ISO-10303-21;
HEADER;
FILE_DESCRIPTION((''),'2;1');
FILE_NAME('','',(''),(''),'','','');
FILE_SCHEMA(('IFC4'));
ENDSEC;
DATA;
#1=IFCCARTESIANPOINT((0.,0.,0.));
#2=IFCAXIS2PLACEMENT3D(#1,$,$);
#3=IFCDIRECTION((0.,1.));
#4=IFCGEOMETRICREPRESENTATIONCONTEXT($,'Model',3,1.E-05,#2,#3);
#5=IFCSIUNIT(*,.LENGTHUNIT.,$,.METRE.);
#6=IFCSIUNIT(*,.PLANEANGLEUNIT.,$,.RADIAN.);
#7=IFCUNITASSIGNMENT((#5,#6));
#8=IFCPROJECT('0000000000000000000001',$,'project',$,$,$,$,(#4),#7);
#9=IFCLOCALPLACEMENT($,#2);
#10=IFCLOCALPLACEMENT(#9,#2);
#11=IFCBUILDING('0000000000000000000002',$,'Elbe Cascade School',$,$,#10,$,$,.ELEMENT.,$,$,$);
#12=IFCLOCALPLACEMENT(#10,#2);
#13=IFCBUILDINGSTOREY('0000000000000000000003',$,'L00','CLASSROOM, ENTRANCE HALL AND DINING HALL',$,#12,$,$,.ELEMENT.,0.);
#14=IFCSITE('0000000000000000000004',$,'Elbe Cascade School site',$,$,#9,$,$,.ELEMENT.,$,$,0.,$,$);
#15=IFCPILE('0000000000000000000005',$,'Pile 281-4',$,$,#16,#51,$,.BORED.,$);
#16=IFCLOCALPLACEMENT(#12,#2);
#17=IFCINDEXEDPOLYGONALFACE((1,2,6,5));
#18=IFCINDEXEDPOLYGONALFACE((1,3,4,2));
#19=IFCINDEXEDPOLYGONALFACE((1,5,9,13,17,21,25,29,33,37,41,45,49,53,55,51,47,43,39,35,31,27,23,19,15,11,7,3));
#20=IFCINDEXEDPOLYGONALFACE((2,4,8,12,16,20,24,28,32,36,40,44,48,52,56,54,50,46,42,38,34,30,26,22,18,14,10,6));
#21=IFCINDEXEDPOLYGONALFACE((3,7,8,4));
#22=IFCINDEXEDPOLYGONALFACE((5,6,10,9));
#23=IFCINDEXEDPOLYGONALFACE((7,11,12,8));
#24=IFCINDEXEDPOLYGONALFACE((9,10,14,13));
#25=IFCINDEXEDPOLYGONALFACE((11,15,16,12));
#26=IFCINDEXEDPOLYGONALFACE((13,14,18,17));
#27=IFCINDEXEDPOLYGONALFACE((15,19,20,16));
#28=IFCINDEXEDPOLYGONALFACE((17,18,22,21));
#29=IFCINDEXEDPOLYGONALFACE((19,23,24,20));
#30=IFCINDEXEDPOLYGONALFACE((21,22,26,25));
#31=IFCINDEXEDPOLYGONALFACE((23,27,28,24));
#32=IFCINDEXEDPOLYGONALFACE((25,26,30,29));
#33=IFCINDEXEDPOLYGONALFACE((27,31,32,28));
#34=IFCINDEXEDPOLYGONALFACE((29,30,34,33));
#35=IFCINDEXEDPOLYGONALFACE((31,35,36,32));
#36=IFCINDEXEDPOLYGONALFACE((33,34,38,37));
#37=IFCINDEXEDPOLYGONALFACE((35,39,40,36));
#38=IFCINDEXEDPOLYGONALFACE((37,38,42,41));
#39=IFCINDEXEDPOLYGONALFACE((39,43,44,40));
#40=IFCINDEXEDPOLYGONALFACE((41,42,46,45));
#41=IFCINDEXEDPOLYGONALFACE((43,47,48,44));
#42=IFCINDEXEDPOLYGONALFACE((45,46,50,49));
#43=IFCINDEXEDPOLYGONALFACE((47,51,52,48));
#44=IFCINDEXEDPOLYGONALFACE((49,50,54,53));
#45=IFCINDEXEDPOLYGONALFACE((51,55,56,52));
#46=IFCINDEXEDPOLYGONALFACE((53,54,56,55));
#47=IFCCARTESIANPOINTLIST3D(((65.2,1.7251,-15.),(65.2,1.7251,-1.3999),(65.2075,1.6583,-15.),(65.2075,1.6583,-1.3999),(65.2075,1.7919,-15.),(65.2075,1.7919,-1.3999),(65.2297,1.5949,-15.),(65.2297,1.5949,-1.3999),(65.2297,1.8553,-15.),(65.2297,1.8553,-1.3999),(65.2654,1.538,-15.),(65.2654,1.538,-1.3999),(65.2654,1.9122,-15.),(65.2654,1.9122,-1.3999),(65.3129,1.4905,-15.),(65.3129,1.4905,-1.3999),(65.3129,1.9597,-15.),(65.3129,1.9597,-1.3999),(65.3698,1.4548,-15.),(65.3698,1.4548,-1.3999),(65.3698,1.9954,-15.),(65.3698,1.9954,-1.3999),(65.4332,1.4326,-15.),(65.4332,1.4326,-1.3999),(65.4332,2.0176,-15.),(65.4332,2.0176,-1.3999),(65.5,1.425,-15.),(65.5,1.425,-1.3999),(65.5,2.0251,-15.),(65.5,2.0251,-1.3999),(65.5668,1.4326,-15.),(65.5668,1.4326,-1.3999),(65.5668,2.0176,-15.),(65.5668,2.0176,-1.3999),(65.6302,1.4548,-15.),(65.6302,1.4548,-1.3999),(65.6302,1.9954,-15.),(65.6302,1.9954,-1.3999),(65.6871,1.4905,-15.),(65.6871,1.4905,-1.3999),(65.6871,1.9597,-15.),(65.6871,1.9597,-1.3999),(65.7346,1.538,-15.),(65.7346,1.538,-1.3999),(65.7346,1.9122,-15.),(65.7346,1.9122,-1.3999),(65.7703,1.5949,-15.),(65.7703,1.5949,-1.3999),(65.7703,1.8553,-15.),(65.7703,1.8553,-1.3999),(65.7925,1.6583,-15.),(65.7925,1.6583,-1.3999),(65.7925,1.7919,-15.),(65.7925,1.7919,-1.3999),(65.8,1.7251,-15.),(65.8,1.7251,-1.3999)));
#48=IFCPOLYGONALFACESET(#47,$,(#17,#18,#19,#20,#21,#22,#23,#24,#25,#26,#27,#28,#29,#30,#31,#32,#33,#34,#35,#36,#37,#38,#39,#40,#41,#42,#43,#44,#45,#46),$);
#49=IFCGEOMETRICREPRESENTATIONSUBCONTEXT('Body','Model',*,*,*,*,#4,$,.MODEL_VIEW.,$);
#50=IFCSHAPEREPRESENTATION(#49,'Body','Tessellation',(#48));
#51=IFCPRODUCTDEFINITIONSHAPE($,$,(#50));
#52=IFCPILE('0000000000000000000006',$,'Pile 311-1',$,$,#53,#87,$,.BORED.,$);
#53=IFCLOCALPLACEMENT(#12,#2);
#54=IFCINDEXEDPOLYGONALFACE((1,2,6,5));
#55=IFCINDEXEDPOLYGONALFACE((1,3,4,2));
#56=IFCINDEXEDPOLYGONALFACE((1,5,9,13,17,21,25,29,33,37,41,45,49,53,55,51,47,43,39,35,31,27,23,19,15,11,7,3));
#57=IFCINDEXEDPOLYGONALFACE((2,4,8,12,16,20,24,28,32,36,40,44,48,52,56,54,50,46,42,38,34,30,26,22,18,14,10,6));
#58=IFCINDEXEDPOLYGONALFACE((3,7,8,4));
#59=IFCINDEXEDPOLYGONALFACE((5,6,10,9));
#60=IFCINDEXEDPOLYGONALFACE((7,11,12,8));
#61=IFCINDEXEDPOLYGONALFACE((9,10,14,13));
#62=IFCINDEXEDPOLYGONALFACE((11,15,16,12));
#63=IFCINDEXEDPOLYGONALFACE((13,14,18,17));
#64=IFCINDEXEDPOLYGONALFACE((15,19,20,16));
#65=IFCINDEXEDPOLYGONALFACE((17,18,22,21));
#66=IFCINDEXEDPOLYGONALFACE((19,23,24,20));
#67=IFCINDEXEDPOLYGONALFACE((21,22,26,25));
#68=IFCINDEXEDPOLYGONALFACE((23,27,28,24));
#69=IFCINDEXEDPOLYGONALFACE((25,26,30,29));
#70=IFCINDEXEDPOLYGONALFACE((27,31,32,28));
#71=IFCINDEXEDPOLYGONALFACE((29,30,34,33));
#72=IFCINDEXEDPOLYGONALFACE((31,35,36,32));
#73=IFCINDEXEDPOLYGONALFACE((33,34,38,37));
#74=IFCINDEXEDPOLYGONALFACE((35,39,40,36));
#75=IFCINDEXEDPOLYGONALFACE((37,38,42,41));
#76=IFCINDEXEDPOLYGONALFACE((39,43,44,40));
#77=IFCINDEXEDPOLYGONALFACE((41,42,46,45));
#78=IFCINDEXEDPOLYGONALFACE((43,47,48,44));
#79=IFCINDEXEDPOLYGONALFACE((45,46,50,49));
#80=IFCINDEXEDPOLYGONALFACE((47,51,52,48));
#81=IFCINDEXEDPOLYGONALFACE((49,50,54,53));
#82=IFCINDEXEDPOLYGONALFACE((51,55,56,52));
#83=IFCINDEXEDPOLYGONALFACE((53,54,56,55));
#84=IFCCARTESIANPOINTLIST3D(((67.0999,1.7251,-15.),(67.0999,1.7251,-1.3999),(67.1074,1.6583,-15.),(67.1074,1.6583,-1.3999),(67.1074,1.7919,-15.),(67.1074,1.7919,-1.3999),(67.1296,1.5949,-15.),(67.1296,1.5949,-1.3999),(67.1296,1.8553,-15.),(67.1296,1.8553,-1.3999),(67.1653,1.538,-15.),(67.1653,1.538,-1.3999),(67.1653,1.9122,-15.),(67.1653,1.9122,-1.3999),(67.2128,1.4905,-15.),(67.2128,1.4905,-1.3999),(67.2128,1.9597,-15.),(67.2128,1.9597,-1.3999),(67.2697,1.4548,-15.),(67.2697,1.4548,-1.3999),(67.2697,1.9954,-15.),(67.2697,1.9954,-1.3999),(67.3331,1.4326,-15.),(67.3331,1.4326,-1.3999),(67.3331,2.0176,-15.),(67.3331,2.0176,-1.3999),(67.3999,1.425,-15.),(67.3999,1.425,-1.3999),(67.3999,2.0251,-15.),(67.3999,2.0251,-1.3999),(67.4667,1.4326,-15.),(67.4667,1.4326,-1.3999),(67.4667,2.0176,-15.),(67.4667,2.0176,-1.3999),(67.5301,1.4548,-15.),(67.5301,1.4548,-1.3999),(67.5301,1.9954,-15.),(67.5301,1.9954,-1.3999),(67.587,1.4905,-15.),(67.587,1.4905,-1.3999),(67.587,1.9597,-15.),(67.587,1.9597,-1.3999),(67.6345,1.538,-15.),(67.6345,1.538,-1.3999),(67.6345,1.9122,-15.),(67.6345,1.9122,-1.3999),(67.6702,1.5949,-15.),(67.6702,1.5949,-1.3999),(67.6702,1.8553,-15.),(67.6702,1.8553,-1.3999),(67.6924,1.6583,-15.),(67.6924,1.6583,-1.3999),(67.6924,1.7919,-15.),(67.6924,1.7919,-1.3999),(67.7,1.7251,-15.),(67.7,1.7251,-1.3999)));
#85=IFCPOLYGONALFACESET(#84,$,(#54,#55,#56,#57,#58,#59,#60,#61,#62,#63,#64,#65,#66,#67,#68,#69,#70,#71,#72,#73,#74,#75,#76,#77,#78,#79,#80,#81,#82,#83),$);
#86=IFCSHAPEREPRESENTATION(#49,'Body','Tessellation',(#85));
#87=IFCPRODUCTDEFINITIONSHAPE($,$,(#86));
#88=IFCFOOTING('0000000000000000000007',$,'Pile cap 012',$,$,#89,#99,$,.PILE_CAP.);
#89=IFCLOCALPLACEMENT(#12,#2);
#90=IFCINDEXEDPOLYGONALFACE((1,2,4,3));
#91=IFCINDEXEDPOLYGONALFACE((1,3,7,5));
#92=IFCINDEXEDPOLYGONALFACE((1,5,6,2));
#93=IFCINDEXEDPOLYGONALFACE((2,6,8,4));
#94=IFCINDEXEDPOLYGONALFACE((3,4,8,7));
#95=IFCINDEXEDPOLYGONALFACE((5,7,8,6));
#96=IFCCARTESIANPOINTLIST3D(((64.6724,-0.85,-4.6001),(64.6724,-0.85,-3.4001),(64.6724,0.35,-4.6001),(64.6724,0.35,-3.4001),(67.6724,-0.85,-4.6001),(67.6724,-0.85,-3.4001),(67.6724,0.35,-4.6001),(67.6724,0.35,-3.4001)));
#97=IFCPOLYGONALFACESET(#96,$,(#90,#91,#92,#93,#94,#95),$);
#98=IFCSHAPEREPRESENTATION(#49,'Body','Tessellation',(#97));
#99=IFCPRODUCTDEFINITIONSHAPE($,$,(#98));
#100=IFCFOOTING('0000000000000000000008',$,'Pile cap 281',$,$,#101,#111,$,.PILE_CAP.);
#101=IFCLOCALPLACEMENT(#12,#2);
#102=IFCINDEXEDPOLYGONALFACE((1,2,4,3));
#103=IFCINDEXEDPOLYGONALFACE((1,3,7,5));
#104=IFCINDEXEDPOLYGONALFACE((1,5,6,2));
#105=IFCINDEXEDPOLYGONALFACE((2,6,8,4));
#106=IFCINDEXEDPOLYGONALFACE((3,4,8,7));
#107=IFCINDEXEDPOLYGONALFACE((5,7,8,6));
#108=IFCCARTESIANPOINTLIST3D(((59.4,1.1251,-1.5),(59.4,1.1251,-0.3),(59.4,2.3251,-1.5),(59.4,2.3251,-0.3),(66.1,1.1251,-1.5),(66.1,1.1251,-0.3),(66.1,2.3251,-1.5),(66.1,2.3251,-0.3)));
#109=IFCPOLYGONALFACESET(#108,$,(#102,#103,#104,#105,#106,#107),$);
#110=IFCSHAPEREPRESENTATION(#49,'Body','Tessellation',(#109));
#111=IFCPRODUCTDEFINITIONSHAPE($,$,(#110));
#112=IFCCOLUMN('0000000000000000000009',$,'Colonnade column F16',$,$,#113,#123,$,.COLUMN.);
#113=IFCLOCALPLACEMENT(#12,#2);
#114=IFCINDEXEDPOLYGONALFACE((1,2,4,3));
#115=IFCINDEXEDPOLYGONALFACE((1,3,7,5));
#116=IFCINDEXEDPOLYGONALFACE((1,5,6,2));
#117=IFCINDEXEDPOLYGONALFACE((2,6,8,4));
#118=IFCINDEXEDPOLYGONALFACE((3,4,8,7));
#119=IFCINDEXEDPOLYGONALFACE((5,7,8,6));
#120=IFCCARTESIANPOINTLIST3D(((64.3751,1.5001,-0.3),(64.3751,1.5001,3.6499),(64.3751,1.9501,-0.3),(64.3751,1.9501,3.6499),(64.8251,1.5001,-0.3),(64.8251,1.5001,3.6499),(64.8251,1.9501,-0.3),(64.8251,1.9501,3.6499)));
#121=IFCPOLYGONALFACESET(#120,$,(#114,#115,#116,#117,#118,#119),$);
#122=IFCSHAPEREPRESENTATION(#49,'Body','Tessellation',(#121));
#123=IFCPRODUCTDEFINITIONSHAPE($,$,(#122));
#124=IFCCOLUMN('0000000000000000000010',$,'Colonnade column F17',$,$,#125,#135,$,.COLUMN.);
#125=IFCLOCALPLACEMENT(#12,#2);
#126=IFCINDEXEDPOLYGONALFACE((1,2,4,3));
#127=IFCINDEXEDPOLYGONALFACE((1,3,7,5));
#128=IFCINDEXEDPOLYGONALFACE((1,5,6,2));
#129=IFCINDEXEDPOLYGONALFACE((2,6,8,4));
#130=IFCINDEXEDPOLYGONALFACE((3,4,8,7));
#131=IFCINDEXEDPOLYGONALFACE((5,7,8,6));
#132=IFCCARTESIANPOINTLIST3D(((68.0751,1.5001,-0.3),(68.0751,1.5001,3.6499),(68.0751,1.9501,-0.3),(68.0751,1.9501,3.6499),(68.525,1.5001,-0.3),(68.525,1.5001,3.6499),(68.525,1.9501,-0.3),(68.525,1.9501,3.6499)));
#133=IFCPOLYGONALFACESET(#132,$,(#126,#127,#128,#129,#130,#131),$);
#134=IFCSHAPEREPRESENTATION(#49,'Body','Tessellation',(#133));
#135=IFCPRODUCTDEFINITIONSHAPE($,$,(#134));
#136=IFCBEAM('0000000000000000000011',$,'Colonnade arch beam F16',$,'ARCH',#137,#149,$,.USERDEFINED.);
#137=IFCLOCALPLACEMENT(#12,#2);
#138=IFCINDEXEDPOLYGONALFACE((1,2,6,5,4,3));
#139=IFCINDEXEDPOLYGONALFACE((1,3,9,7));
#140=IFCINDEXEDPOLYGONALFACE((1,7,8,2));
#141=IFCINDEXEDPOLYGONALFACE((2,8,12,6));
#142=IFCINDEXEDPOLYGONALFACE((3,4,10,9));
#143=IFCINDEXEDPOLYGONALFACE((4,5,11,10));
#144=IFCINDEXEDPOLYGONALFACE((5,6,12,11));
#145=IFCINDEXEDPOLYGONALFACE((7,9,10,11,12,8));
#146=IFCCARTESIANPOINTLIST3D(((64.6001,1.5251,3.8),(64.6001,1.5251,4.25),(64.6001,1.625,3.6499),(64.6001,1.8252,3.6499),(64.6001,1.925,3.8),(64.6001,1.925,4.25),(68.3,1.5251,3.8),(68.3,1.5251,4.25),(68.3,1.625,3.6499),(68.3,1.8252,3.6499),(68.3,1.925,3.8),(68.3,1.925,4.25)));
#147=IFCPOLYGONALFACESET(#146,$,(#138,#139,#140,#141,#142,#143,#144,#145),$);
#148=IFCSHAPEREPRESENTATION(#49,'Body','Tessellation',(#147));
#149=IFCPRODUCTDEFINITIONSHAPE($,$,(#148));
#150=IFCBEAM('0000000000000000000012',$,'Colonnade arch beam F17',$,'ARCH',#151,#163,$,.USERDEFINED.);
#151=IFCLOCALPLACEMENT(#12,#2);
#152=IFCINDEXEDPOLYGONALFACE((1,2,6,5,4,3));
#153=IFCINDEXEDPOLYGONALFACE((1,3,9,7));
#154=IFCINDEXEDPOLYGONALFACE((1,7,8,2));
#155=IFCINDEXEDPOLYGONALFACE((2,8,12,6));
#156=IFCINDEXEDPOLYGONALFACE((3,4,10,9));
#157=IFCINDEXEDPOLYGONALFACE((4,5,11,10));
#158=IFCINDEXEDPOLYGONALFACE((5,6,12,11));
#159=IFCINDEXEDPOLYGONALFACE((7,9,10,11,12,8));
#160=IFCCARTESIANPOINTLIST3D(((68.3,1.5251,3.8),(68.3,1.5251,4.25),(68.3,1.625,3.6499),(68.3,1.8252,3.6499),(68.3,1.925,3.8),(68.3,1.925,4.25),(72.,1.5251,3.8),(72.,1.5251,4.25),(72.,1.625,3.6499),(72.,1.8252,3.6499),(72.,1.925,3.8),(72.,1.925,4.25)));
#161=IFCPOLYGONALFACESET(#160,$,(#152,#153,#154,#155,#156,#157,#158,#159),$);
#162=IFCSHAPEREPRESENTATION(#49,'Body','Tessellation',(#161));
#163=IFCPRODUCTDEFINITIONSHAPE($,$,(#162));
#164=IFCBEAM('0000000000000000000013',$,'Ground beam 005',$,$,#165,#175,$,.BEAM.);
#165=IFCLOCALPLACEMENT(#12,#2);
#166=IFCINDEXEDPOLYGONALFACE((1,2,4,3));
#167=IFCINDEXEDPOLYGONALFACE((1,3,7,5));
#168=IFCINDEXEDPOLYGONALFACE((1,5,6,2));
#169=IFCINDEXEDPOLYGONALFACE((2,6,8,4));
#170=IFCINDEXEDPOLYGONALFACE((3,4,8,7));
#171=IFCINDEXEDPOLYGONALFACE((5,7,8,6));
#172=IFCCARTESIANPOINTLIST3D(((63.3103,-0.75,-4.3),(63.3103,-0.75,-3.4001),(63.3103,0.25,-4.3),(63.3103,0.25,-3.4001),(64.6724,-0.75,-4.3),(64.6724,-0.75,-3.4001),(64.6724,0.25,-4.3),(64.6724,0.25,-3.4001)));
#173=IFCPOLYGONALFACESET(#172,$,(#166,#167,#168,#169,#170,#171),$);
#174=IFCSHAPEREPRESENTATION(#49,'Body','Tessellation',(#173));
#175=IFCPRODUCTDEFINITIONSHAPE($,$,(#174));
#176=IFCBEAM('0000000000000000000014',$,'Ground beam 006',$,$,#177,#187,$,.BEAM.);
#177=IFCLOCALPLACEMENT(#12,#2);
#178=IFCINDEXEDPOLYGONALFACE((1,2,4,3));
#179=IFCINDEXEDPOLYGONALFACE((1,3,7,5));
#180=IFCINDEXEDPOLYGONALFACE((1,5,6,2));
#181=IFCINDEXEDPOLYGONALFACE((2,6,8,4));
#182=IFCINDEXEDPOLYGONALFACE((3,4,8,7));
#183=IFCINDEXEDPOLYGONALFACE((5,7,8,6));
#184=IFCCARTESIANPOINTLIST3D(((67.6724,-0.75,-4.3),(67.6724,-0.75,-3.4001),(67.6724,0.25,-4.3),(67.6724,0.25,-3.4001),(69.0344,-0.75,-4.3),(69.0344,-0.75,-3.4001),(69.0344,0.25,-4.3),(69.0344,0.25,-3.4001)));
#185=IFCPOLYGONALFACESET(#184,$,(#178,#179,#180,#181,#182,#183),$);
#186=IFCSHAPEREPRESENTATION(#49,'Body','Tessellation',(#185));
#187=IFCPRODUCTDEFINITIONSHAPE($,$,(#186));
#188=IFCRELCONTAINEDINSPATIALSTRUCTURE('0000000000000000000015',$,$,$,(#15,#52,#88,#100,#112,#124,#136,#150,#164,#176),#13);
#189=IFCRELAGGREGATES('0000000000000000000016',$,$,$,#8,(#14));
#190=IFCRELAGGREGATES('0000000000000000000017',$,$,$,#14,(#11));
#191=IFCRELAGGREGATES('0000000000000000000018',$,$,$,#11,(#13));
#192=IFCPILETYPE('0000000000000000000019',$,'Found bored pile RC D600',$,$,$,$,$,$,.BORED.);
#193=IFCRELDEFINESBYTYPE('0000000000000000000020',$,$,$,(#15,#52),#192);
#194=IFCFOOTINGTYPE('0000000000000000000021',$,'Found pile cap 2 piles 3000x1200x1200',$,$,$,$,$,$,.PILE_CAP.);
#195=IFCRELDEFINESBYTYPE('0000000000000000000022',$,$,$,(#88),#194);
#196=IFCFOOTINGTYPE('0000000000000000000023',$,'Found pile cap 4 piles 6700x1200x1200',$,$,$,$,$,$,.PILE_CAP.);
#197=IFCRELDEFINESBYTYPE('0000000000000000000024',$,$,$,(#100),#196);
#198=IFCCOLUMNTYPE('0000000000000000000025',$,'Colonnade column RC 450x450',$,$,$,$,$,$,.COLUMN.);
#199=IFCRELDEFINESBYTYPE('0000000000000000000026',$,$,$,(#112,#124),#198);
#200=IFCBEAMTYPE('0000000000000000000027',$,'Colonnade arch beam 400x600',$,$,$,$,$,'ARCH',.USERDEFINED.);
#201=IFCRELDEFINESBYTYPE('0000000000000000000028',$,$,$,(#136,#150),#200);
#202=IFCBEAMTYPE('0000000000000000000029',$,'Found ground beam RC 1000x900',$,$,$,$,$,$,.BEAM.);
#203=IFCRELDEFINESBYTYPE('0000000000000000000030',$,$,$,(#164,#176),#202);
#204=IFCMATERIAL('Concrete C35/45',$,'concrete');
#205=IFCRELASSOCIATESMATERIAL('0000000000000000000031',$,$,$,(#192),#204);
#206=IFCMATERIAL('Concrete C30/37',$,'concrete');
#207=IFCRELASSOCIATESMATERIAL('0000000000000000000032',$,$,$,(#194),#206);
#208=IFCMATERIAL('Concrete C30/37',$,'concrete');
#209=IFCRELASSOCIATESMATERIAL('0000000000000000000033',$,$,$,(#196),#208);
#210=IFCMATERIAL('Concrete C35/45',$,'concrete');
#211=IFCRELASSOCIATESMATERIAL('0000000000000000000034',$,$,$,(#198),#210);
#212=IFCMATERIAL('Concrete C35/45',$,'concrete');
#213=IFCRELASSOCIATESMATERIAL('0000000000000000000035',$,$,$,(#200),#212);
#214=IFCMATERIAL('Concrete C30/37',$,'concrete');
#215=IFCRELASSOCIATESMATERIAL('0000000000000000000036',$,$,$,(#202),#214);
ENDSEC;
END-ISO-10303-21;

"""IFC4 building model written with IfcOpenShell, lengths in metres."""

from ifc_helpers import new_model, si_unit, direction, frame, origin, origin_2d, place, context, subcontext, project, spatial, polyline, rectangle, circle, outline, extrude, material, material_profile, profile_set, type_object, element, save


model = new_model("IFC4")

# Units and contexts
model_context = context("Model", 3, precision=1e-05, world=origin(), true_north=direction((0.0, 1.0)))
body_context = subcontext(model_context, "Body", "Model", "MODEL_VIEW")
ifc_project = project(units=[si_unit("LENGTHUNIT", "METRE"), si_unit("PLANEANGLEUNIT", "RADIAN")], contexts=[model_context])

# Site, building, storey
site_placement = place(None, origin())
site = spatial("IfcSite", under=ifc_project, at=site_placement, Name="Elbe Cascade School site", CompositionType="ELEMENT", RefElevation=0.0)
building_placement = place(site_placement, origin())
building = spatial("IfcBuilding", under=site, at=building_placement, Name="Elbe Cascade School", CompositionType="ELEMENT")
storey_placement = place(building_placement, origin())
storey = spatial("IfcBuildingStorey", under=building, at=storey_placement, Name="L00", Description="CLASSROOM, ENTRANCE HALL AND DINING HALL", CompositionType="ELEMENT", Elevation=0.0)

# Piles
ifc_material_1 = material(Name="Concrete C35/45", Category="concrete")
ifc_material_profile_1 = material_profile(ifc_material_1, circle(Radius=0.3, at=origin_2d()), Name="RC D600")
ifc_profile_set_1 = profile_set([ifc_material_profile_1], Name="Concrete C35/45")
pile_type = type_object("IfcPileType", Name="Found bored pile RC D600", PredefinedType="BORED", material=ifc_profile_set_1)
for number, where, z_axis, x_axis, name in (
    (1, (65.5, 1.7251, -1.3999), (0.0, 0.0, -1.0), (1.0, 0.0, 0.0), "Pile 281-4"),
    (2, (67.3999, 1.7251, -1.3999), (0.0, 0.0, -1.0), (1.0, 0.0, 0.0), "Pile 311-1"),
):
    element("IfcPile", number, at=place(storey_placement, frame(where, z_axis=z_axis, x_axis=x_axis)), inside=storey, type_object=pile_type, Name=name, PredefinedType="BORED", context=body_context, shape_type="SweptSolid", body=[
        extrude(circle(Radius=0.3, at=origin_2d()), origin(), (0.0, 0.0, 1.0), 13.6001),
    ])

# Footings
ifc_material_2 = material(Name="Concrete C30/37", Category="concrete")
footing_type_1 = type_object("IfcFootingType", Name="Found pile cap 2 piles 3000x1200x1200", PredefinedType="PILE_CAP", material=ifc_material_2)
footing_1_placement = place(storey_placement, frame((66.1724, -0.25, -4.6001), z_axis=(0.0, 0.0, 1.0), x_axis=(1.0, 0.0, 0.0)))
element("IfcFooting", 3, at=footing_1_placement, inside=storey, type_object=footing_type_1, Name="Pile cap 012", PredefinedType="PILE_CAP", context=body_context, shape_type="SweptSolid", body=[
    extrude(rectangle(XDim=3.0, YDim=1.2, at=origin_2d()), origin(), (0.0, 0.0, 1.0), 1.2),
])
ifc_material_3 = material(Name="Concrete C30/37", Category="concrete")
footing_type_2 = type_object("IfcFootingType", Name="Found pile cap 4 piles 6700x1200x1200", PredefinedType="PILE_CAP", material=ifc_material_3)
footing_2_placement = place(storey_placement, frame((62.75, 1.7251, -1.5), z_axis=(0.0, 0.0, 1.0), x_axis=(1.0, 0.0, 0.0)))
element("IfcFooting", 4, at=footing_2_placement, inside=storey, type_object=footing_type_2, Name="Pile cap 281", PredefinedType="PILE_CAP", context=body_context, shape_type="SweptSolid", body=[
    extrude(rectangle(XDim=6.7, YDim=1.2, at=origin_2d()), origin(), (0.0, 0.0, 1.0), 1.2),
])

# Columns
ifc_material_4 = material(Name="Concrete C35/45", Category="concrete")
ifc_material_profile_2 = material_profile(ifc_material_4, rectangle(XDim=0.45, YDim=0.45, at=origin_2d()), Name="RC 450x450")
ifc_profile_set_2 = profile_set([ifc_material_profile_2], Name="Concrete C35/45")
column_type = type_object("IfcColumnType", Name="Colonnade column RC 450x450", PredefinedType="COLUMN", material=ifc_profile_set_2)
for number, where, z_axis, x_axis, name in (
    (5, (64.6001, 1.7251, -0.3), (0.0, 0.0, 1.0), (1.0, 0.0, 0.0), "Colonnade column F16"),
    (6, (68.3, 1.7251, -0.3), (0.0, 0.0, 1.0), (1.0, 0.0, 0.0), "Colonnade column F17"),
):
    element("IfcColumn", number, at=place(storey_placement, frame(where, z_axis=z_axis, x_axis=x_axis)), inside=storey, type_object=column_type, Name=name, PredefinedType="COLUMN", context=body_context, shape_type="SweptSolid", body=[
        extrude(rectangle(XDim=0.45, YDim=0.45, at=origin_2d()), origin(), (0.0, 0.0, 1.0), 3.95),
    ])

# Beams
ifc_material_5 = material(Name="Concrete C35/45", Category="concrete")
ifc_material_profile_3 = material_profile(ifc_material_5, outline(polyline([(-0.2, 0.3), (0.2, 0.3), (0.2, -0.1499), (0.1001, -0.3), (-0.1001, -0.3), (-0.2, -0.1499), (-0.2, 0.3)])), Name="RC arch 400x600")
ifc_profile_set_3 = profile_set([ifc_material_profile_3], Name="Concrete C35/45")
beam_type_1 = type_object("IfcBeamType", Name="Colonnade arch beam 400x600", ElementType="ARCH", PredefinedType="USERDEFINED", material=ifc_profile_set_3)
for number, where, z_axis, x_axis, name in (
    (7, (64.6001, 1.7251, 3.95), (1.0, 0.0, 0.0), (0.0, 1.0, 0.0), "Colonnade arch beam F16"),
    (8, (68.3, 1.7251, 3.95), (1.0, 0.0, 0.0), (0.0, 1.0, 0.0), "Colonnade arch beam F17"),
):
    element("IfcBeam", number, at=place(storey_placement, frame(where, z_axis=z_axis, x_axis=x_axis)), inside=storey, type_object=beam_type_1, Name=name, ObjectType="ARCH", PredefinedType="USERDEFINED", context=body_context, shape_type="SweptSolid", body=[
        extrude(outline(polyline([(-0.2, 0.3), (0.2, 0.3), (0.2, -0.1499), (0.1001, -0.3), (-0.1001, -0.3), (-0.2, -0.1499), (-0.2, 0.3)])), origin(), (0.0, 0.0, 1.0), 3.7),
    ])
ifc_material_6 = material(Name="Concrete C30/37", Category="concrete")
ifc_material_profile_4 = material_profile(ifc_material_6, rectangle(XDim=1.0, YDim=0.8999, at=origin_2d()), Name="RC 1000x900")
ifc_profile_set_4 = profile_set([ifc_material_profile_4], Name="Concrete C30/37")
beam_type_2 = type_object("IfcBeamType", Name="Found ground beam RC 1000x900", PredefinedType="BEAM", material=ifc_profile_set_4)
for number, where, z_axis, x_axis, name in (
    (9, (63.3103, -0.25, -3.8501), (1.0, 0.0, 0.0), (0.0, 1.0, 0.0), "Ground beam 005"),
    (10, (67.6724, -0.25, -3.8501), (1.0, 0.0, 0.0), (0.0, 1.0, 0.0), "Ground beam 006"),
):
    element("IfcBeam", number, at=place(storey_placement, frame(where, z_axis=z_axis, x_axis=x_axis)), inside=storey, type_object=beam_type_2, Name=name, PredefinedType="BEAM", context=body_context, shape_type="SweptSolid", body=[
        extrude(rectangle(XDim=1.0, YDim=0.8999, at=origin_2d()), origin(), (0.0, 0.0, 1.0), 1.3621),
    ])

save(model, "model.ifc")
